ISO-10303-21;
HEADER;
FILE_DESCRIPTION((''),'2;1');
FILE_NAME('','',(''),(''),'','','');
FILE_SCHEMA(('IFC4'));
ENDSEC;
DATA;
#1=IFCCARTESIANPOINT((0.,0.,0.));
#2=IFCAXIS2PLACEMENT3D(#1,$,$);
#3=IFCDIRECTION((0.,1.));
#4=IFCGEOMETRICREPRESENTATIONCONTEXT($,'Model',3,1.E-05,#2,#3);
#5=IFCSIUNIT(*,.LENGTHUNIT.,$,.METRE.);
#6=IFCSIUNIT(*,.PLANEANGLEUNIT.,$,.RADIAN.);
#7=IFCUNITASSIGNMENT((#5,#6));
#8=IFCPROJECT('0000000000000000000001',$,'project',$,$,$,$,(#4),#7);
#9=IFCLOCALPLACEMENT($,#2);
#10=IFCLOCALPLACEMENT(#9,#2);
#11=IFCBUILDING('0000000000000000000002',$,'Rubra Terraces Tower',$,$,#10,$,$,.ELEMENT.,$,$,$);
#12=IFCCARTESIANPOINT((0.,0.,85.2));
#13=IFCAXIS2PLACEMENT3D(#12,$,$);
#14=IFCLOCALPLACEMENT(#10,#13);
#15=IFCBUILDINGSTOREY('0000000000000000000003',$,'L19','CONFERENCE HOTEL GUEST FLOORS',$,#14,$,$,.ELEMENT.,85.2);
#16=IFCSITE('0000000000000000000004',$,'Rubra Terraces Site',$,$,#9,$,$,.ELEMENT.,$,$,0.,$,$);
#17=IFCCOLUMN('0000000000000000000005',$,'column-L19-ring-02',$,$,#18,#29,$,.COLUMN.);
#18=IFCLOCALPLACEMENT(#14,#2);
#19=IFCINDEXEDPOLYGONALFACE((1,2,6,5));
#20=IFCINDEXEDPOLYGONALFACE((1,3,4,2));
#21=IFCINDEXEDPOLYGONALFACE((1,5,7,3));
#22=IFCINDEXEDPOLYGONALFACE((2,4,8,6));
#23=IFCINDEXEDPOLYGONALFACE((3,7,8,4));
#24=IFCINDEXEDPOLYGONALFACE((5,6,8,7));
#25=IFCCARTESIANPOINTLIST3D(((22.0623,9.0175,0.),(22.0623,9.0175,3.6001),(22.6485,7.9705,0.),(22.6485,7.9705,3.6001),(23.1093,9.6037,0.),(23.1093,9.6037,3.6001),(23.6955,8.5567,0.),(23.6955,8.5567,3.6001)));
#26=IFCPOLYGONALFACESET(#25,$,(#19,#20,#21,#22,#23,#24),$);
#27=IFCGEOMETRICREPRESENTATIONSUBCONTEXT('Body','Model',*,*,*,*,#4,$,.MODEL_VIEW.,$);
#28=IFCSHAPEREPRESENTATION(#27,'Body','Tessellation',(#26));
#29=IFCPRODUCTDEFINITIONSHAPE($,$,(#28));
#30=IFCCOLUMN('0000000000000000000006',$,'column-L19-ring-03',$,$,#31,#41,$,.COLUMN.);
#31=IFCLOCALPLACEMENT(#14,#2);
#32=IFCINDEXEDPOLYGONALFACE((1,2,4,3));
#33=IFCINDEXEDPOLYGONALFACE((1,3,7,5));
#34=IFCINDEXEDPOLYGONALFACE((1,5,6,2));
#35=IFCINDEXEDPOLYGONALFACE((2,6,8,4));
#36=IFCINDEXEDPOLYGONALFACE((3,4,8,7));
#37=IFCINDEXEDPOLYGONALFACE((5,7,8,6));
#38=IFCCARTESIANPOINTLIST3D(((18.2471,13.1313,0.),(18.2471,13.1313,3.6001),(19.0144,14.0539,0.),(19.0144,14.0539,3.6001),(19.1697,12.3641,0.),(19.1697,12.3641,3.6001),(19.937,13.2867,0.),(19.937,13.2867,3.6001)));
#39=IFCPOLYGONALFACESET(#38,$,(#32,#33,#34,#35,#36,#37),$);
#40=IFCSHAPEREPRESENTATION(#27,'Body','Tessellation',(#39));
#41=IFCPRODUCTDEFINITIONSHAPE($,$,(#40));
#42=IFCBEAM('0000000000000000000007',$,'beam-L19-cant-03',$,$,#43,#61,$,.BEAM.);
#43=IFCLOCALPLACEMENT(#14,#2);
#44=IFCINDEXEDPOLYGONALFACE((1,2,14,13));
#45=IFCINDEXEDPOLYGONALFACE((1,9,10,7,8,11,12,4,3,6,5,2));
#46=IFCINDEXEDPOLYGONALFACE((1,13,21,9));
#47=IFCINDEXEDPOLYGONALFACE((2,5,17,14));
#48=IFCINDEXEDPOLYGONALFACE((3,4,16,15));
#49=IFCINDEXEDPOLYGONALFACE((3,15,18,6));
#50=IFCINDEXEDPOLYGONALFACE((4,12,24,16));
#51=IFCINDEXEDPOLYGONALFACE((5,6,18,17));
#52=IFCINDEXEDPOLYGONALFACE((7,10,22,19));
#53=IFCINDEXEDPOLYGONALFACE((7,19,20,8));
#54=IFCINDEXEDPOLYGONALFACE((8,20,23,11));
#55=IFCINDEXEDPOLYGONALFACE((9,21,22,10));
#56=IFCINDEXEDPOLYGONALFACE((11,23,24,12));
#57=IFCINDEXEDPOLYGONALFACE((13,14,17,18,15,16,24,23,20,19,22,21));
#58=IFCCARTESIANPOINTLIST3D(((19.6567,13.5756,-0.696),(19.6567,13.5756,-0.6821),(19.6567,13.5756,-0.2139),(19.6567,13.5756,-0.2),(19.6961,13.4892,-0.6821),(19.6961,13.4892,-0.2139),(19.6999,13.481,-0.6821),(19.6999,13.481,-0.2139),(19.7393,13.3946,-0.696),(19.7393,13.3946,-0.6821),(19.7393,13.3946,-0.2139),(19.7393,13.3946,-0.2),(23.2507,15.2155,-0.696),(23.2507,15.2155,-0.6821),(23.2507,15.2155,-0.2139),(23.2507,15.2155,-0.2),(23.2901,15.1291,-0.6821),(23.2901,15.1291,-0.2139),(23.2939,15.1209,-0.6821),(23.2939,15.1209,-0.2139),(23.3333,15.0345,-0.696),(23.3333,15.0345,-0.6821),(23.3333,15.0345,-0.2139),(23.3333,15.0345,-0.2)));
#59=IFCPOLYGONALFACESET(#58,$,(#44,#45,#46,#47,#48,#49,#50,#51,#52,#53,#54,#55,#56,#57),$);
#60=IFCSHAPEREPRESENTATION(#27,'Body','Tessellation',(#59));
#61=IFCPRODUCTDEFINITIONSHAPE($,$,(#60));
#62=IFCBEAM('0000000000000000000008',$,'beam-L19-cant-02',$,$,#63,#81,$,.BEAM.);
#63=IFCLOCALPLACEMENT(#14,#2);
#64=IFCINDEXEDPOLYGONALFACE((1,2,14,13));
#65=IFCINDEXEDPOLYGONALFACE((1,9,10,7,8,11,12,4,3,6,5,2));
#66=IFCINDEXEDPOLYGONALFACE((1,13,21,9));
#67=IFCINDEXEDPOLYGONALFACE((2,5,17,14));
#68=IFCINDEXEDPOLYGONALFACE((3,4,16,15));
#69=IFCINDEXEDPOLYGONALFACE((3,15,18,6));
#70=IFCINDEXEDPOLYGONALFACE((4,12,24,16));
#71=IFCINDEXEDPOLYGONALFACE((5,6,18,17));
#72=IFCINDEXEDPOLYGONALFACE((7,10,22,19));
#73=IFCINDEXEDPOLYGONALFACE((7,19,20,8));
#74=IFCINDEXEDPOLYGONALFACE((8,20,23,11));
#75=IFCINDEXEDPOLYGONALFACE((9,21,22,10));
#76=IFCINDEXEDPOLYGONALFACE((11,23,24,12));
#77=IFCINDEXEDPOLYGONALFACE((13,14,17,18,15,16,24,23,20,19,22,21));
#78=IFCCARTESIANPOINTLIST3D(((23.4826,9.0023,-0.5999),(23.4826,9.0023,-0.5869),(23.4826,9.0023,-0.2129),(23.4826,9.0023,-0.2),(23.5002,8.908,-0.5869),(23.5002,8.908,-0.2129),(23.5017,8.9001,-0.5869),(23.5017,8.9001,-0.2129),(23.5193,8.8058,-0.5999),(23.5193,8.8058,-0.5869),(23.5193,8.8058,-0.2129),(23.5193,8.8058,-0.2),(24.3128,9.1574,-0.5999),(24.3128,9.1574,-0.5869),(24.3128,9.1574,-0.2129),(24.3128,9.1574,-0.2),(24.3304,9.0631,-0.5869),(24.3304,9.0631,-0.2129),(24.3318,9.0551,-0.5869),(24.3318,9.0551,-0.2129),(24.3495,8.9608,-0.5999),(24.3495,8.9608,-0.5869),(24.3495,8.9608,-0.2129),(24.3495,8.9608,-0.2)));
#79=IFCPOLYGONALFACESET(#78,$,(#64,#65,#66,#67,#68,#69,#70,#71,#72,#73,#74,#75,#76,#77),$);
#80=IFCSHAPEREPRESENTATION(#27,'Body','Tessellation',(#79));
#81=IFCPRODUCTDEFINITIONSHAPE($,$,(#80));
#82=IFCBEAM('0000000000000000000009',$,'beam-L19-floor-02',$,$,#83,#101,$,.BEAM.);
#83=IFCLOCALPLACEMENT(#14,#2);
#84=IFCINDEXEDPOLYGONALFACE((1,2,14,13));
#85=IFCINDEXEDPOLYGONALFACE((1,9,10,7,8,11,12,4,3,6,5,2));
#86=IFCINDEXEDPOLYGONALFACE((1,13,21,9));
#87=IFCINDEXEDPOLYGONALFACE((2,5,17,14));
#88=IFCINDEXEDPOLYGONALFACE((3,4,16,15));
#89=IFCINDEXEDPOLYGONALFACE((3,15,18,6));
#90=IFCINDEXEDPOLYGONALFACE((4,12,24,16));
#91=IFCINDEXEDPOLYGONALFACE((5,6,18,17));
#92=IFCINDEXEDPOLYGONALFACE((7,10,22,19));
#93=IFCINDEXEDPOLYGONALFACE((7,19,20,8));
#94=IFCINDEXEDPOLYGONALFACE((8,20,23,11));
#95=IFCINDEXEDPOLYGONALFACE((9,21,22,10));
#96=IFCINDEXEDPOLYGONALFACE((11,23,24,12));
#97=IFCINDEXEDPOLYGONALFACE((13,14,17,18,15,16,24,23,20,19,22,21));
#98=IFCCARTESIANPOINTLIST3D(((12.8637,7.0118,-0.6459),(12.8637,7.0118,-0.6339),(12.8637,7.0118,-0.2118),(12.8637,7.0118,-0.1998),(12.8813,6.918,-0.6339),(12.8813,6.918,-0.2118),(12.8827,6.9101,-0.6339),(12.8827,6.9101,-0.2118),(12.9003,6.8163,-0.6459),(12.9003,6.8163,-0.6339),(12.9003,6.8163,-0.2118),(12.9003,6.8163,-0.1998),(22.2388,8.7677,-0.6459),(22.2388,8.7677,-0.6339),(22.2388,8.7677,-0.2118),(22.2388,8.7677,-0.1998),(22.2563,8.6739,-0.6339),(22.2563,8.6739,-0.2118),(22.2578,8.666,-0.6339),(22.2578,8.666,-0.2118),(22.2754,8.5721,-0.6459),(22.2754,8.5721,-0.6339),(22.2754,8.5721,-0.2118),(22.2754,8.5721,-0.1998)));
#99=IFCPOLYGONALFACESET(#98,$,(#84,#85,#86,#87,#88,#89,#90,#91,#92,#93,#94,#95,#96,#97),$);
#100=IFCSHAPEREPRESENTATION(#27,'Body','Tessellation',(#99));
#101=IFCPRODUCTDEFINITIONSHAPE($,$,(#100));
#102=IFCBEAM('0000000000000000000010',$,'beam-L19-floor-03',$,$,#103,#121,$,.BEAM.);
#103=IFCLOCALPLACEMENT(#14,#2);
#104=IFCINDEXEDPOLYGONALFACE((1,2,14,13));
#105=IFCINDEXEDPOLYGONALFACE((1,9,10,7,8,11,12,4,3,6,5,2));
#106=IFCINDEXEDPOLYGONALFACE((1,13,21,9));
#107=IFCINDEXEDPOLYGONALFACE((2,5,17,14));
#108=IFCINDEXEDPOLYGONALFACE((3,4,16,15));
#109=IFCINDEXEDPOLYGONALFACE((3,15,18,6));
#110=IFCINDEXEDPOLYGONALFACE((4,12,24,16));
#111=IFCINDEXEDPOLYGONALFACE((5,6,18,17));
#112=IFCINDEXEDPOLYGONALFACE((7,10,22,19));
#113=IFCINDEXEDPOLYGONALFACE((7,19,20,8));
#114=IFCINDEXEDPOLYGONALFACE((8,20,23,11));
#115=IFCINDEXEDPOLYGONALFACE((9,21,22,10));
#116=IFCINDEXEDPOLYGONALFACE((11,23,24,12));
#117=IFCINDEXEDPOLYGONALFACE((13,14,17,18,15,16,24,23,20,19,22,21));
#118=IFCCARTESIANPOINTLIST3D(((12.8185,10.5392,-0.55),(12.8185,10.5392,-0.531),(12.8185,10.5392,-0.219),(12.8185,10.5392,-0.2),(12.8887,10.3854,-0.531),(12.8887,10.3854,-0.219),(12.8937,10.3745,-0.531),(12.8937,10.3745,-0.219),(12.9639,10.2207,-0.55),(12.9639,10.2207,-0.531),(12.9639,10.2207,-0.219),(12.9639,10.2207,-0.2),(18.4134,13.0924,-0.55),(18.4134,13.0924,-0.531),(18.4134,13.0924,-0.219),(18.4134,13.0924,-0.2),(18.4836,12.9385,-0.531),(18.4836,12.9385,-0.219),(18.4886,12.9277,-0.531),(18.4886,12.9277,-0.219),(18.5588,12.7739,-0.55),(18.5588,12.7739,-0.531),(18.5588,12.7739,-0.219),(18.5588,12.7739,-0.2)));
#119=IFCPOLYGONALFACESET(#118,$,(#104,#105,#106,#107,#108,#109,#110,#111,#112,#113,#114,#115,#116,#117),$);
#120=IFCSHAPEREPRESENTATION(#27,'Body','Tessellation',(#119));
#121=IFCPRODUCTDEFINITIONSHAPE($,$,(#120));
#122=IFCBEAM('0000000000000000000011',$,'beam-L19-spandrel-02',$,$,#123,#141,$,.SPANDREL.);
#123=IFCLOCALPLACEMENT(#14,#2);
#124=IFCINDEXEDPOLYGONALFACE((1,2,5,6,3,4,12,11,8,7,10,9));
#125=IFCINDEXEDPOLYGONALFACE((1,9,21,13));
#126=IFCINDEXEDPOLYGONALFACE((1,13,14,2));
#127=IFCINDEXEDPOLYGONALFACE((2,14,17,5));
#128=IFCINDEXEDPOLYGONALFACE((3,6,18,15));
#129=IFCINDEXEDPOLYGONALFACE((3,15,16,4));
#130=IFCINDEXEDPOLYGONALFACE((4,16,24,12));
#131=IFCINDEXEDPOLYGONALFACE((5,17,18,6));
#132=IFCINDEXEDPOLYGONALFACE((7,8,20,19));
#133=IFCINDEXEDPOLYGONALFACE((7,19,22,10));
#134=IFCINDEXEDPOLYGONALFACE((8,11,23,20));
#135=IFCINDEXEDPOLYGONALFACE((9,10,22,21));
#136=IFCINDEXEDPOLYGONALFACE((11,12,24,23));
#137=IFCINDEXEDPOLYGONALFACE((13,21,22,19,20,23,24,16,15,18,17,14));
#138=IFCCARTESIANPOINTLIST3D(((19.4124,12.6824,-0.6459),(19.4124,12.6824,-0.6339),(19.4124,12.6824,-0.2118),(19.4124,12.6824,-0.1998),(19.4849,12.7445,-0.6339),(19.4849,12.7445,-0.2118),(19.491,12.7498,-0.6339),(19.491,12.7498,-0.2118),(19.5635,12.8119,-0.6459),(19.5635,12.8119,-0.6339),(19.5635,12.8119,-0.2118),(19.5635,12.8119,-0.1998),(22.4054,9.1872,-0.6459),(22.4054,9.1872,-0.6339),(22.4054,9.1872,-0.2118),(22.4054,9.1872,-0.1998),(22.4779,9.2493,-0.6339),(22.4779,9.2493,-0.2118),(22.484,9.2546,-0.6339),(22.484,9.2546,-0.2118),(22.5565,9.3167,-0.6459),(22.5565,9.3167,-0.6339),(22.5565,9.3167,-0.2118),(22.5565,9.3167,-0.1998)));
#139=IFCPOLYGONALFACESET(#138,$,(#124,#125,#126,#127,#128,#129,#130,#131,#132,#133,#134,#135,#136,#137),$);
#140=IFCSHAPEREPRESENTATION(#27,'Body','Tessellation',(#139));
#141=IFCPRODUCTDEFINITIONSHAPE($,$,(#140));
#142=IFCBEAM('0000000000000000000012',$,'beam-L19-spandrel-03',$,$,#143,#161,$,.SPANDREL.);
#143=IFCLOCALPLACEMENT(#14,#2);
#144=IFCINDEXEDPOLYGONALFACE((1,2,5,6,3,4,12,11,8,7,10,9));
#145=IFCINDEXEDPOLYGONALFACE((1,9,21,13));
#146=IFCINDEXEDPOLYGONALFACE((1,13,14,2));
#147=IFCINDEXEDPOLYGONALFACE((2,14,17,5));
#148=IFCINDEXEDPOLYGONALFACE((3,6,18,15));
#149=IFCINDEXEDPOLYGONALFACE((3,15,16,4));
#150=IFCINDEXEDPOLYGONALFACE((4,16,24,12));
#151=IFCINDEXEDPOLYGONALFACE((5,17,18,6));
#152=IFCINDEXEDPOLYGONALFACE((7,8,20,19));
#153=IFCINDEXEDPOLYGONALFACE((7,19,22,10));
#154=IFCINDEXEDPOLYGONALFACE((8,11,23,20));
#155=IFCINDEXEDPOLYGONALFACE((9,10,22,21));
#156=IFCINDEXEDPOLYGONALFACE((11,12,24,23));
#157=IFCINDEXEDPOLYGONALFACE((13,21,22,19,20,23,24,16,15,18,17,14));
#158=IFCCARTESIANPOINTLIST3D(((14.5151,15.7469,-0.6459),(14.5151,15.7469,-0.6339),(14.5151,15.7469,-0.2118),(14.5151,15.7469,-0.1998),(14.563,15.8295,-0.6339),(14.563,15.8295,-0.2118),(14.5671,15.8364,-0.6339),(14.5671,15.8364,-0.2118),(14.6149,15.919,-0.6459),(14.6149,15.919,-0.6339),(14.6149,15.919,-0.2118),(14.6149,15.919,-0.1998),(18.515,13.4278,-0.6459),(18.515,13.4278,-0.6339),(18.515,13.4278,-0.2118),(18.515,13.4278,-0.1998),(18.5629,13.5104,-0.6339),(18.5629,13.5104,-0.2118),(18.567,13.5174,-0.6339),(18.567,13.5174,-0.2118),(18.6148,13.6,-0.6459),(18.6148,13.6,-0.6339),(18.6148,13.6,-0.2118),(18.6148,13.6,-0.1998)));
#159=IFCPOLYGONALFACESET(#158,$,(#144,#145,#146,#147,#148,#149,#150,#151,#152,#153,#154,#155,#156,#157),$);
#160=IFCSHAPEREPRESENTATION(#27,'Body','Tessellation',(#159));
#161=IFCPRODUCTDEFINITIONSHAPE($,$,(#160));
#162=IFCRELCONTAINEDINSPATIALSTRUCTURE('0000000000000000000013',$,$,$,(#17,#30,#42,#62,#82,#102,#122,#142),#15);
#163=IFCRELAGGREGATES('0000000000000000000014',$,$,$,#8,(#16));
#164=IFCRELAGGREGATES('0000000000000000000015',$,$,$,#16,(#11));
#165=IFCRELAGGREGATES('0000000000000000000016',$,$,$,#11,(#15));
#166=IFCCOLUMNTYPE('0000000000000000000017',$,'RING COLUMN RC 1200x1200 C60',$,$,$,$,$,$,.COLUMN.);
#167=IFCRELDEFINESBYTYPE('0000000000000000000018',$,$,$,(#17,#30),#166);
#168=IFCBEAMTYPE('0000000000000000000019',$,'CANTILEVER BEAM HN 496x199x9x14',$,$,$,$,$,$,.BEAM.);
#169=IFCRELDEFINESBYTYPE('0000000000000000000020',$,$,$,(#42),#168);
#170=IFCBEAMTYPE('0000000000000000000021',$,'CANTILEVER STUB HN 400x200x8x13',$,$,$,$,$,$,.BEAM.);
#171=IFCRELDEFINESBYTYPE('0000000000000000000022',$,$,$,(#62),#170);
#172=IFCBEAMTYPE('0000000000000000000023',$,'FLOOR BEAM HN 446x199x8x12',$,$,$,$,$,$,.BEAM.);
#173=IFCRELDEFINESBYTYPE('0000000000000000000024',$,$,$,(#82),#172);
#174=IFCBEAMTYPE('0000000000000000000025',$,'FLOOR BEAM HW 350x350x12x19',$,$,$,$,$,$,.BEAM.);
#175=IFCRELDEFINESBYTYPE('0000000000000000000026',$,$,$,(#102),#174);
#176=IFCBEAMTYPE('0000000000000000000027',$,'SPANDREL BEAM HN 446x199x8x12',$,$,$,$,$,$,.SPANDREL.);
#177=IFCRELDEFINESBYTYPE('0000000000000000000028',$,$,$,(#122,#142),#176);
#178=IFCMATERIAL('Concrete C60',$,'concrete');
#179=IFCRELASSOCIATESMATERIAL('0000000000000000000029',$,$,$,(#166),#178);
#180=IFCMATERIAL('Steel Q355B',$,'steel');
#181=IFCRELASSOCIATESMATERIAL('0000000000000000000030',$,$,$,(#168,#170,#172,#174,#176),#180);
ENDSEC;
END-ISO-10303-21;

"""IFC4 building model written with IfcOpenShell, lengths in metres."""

from ifc_helpers import new_model, si_unit, direction, frame, origin, origin_2d, place, context, subcontext, project, spatial, rectangle, i_section, extrude, material, material_profile, profile_set, type_object, element, save


model = new_model("IFC4")

# Units and contexts
model_context = context("Model", 3, precision=1e-05, world=origin(), true_north=direction((0.0, 1.0)))
body_context = subcontext(model_context, "Body", "Model", "MODEL_VIEW")
ifc_project = project(units=[si_unit("LENGTHUNIT", "METRE"), si_unit("PLANEANGLEUNIT", "RADIAN")], contexts=[model_context])

# Site, building, storey
site_placement = place(None, origin())
site = spatial("IfcSite", under=ifc_project, at=site_placement, Name="Rubra Terraces Site", CompositionType="ELEMENT", RefElevation=0.0)
building_placement = place(site_placement, origin())
building = spatial("IfcBuilding", under=site, at=building_placement, Name="Rubra Terraces Tower", CompositionType="ELEMENT")
storey_placement = place(building_placement, frame((0.0, 0.0, 85.2)))
storey = spatial("IfcBuildingStorey", under=building, at=storey_placement, Name="L19", Description="CONFERENCE HOTEL GUEST FLOORS", CompositionType="ELEMENT", Elevation=85.2)

# Columns
ifc_material_1 = material(Name="Concrete C60", Category="concrete")
ifc_material_profile_1 = material_profile(ifc_material_1, rectangle(XDim=1.2, YDim=1.2, at=origin_2d()), Name="RC 1200x1200")
ifc_profile_set_1 = profile_set([ifc_material_profile_1], Name="Concrete C60")
column_type = type_object("IfcColumnType", Name="RING COLUMN RC 1200x1200 C60", PredefinedType="COLUMN", material=ifc_profile_set_1)
for number, where, z_axis, x_axis, name in (
    (1, (22.8789, 8.7871, 0.0), (0.0, 0.0, 1.0), (-0.488526, 0.872549, 0.0), "column-L19-ring-02"),
    (2, (19.092, 13.209, 0.0), (0.0, 0.0, 1.0), (-0.76887, 0.639405, 0.0), "column-L19-ring-03"),
):
    element("IfcColumn", number, at=place(storey_placement, frame(where, z_axis=z_axis, x_axis=x_axis)), inside=storey, type_object=column_type, Name=name, PredefinedType="COLUMN", context=body_context, shape_type="SweptSolid", body=[
        extrude(rectangle(XDim=1.2, YDim=1.2, at=origin_2d()), origin(), (0.0, 0.0, 1.0), 3.6001),
    ])

# Beams
ifc_material_2 = material(Name="Steel Q355B", Category="steel")
ifc_material_profile_2 = material_profile(ifc_material_2, i_section(OverallWidth=0.199, OverallDepth=0.4961, WebThickness=0.009, FlangeThickness=0.0139, at=origin_2d()), Name="HN 496x199x9x14")
ifc_profile_set_2 = profile_set([ifc_material_profile_2], Name="Steel Q355B")
beam_type_1 = type_object("IfcBeamType", Name="CANTILEVER BEAM HN 496x199x9x14", PredefinedType="BEAM", material=ifc_profile_set_2)
beam_1_placement = place(storey_placement, frame((19.698, 13.4851, -0.448), z_axis=(0.909769, 0.415116, 0.0), x_axis=(-0.415116, 0.909769, 0.0)))
element("IfcBeam", 3, at=beam_1_placement, inside=storey, type_object=beam_type_1, Name="beam-L19-cant-03", PredefinedType="BEAM", context=body_context, shape_type="SweptSolid", body=[
    extrude(i_section(OverallWidth=0.199, OverallDepth=0.4961, WebThickness=0.009, FlangeThickness=0.0139, at=origin_2d()), origin(), (0.0, 0.0, 1.0), 3.9504),
])
ifc_material_profile_3 = material_profile(ifc_material_2, i_section(OverallWidth=0.2, OverallDepth=0.3999, WebThickness=0.0081, FlangeThickness=0.0129, at=origin_2d()), Name="HN 400x200x8x13")
ifc_profile_set_3 = profile_set([ifc_material_profile_3], Name="Steel Q355B")
beam_type_2 = type_object("IfcBeamType", Name="CANTILEVER STUB HN 400x200x8x13", PredefinedType="BEAM", material=ifc_profile_set_3)
beam_2_placement = place(storey_placement, frame((23.501, 8.9041, -0.3999), z_axis=(0.983003, 0.18359, 0.0), x_axis=(-0.18359, 0.983003, 0.0)))
element("IfcBeam", 4, at=beam_2_placement, inside=storey, type_object=beam_type_2, Name="beam-L19-cant-02", PredefinedType="BEAM", context=body_context, shape_type="SweptSolid", body=[
    extrude(i_section(OverallWidth=0.2, OverallDepth=0.3999, WebThickness=0.0081, FlangeThickness=0.0129, at=origin_2d()), origin(), (0.0, 0.0, 1.0), 0.8445),
])
ifc_material_profile_4 = material_profile(ifc_material_2, i_section(OverallWidth=0.199, OverallDepth=0.446, WebThickness=0.0081, FlangeThickness=0.012, at=origin_2d()), Name="HN 446x199x8x12")
ifc_profile_set_4 = profile_set([ifc_material_profile_4], Name="Steel Q355B")
beam_type_3 = type_object("IfcBeamType", Name="FLOOR BEAM HN 446x199x8x12", PredefinedType="BEAM", material=ifc_profile_set_4)
beam_3_placement = place(storey_placement, frame((22.2571, 8.6699, -0.4229), z_axis=(-0.982909, -0.184091, 0.0), x_axis=(0.184091, -0.982909, 0.0)))
element("IfcBeam", 5, at=beam_3_placement, inside=storey, type_object=beam_type_3, Name="beam-L19-floor-02", PredefinedType="BEAM", context=body_context, shape_type="SweptSolid", body=[
    extrude(i_section(OverallWidth=0.199, OverallDepth=0.446, WebThickness=0.0081, FlangeThickness=0.012, at=origin_2d()), origin(), (0.0, 0.0, 1.0), 9.5381),
])
ifc_material_profile_5 = material_profile(ifc_material_2, i_section(OverallWidth=0.3501, OverallDepth=0.3501, WebThickness=0.012, FlangeThickness=0.019, at=origin_2d()), Name="HW 350x350x12x19")
ifc_profile_set_5 = profile_set([ifc_material_profile_5], Name="Steel Q355B")
beam_type_4 = type_object("IfcBeamType", Name="FLOOR BEAM HW 350x350x12x19", PredefinedType="BEAM", material=ifc_profile_set_5)
beam_4_placement = place(storey_placement, frame((18.4861, 12.9331, -0.375), z_axis=(-0.90975, -0.415157, 0.0), x_axis=(0.415157, -0.90975, 0.0)))
element("IfcBeam", 6, at=beam_4_placement, inside=storey, type_object=beam_type_4, Name="beam-L19-floor-03", PredefinedType="BEAM", context=body_context, shape_type="SweptSolid", body=[
    extrude(i_section(OverallWidth=0.3501, OverallDepth=0.3501, WebThickness=0.012, FlangeThickness=0.019, at=origin_2d()), origin(), (0.0, 0.0, 1.0), 6.1499),
])
ifc_material_profile_6 = material_profile(ifc_material_2, i_section(OverallWidth=0.199, OverallDepth=0.446, WebThickness=0.0081, FlangeThickness=0.012, at=origin_2d()), Name="HN 446x199x8x12")
ifc_profile_set_6 = profile_set([ifc_material_profile_6], Name="Steel Q355B")
beam_type_5 = type_object("IfcBeamType", Name="SPANDREL BEAM HN 446x199x8x12", PredefinedType="SPANDREL", material=ifc_profile_set_6)
beam_5_placement = place(storey_placement, frame((22.481, 9.252, -0.4229), z_axis=(-0.650429, 0.759567, 0.0), x_axis=(-0.759567, -0.650429, 0.0)))
element("IfcBeam", 7, at=beam_5_placement, inside=storey, type_object=beam_type_5, Name="beam-L19-spandrel-02", PredefinedType="SPANDREL", context=body_context, shape_type="SweptSolid", body=[
    extrude(i_section(OverallWidth=0.199, OverallDepth=0.446, WebThickness=0.0081, FlangeThickness=0.012, at=origin_2d()), origin(), (0.0, 0.0, 1.0), 4.6016),
])
beam_6_placement = place(storey_placement, frame((18.5649, 13.5139, -0.4229), z_axis=(-0.865116, 0.501571, 0.0), x_axis=(-0.501571, -0.865116, 0.0)))
element("IfcBeam", 8, at=beam_6_placement, inside=storey, type_object=beam_type_5, Name="beam-L19-spandrel-03", PredefinedType="SPANDREL", context=body_context, shape_type="SweptSolid", body=[
    extrude(i_section(OverallWidth=0.199, OverallDepth=0.446, WebThickness=0.0081, FlangeThickness=0.012, at=origin_2d()), origin(), (0.0, 0.0, 1.0), 4.6235),
])

save(model, "model.ifc")
